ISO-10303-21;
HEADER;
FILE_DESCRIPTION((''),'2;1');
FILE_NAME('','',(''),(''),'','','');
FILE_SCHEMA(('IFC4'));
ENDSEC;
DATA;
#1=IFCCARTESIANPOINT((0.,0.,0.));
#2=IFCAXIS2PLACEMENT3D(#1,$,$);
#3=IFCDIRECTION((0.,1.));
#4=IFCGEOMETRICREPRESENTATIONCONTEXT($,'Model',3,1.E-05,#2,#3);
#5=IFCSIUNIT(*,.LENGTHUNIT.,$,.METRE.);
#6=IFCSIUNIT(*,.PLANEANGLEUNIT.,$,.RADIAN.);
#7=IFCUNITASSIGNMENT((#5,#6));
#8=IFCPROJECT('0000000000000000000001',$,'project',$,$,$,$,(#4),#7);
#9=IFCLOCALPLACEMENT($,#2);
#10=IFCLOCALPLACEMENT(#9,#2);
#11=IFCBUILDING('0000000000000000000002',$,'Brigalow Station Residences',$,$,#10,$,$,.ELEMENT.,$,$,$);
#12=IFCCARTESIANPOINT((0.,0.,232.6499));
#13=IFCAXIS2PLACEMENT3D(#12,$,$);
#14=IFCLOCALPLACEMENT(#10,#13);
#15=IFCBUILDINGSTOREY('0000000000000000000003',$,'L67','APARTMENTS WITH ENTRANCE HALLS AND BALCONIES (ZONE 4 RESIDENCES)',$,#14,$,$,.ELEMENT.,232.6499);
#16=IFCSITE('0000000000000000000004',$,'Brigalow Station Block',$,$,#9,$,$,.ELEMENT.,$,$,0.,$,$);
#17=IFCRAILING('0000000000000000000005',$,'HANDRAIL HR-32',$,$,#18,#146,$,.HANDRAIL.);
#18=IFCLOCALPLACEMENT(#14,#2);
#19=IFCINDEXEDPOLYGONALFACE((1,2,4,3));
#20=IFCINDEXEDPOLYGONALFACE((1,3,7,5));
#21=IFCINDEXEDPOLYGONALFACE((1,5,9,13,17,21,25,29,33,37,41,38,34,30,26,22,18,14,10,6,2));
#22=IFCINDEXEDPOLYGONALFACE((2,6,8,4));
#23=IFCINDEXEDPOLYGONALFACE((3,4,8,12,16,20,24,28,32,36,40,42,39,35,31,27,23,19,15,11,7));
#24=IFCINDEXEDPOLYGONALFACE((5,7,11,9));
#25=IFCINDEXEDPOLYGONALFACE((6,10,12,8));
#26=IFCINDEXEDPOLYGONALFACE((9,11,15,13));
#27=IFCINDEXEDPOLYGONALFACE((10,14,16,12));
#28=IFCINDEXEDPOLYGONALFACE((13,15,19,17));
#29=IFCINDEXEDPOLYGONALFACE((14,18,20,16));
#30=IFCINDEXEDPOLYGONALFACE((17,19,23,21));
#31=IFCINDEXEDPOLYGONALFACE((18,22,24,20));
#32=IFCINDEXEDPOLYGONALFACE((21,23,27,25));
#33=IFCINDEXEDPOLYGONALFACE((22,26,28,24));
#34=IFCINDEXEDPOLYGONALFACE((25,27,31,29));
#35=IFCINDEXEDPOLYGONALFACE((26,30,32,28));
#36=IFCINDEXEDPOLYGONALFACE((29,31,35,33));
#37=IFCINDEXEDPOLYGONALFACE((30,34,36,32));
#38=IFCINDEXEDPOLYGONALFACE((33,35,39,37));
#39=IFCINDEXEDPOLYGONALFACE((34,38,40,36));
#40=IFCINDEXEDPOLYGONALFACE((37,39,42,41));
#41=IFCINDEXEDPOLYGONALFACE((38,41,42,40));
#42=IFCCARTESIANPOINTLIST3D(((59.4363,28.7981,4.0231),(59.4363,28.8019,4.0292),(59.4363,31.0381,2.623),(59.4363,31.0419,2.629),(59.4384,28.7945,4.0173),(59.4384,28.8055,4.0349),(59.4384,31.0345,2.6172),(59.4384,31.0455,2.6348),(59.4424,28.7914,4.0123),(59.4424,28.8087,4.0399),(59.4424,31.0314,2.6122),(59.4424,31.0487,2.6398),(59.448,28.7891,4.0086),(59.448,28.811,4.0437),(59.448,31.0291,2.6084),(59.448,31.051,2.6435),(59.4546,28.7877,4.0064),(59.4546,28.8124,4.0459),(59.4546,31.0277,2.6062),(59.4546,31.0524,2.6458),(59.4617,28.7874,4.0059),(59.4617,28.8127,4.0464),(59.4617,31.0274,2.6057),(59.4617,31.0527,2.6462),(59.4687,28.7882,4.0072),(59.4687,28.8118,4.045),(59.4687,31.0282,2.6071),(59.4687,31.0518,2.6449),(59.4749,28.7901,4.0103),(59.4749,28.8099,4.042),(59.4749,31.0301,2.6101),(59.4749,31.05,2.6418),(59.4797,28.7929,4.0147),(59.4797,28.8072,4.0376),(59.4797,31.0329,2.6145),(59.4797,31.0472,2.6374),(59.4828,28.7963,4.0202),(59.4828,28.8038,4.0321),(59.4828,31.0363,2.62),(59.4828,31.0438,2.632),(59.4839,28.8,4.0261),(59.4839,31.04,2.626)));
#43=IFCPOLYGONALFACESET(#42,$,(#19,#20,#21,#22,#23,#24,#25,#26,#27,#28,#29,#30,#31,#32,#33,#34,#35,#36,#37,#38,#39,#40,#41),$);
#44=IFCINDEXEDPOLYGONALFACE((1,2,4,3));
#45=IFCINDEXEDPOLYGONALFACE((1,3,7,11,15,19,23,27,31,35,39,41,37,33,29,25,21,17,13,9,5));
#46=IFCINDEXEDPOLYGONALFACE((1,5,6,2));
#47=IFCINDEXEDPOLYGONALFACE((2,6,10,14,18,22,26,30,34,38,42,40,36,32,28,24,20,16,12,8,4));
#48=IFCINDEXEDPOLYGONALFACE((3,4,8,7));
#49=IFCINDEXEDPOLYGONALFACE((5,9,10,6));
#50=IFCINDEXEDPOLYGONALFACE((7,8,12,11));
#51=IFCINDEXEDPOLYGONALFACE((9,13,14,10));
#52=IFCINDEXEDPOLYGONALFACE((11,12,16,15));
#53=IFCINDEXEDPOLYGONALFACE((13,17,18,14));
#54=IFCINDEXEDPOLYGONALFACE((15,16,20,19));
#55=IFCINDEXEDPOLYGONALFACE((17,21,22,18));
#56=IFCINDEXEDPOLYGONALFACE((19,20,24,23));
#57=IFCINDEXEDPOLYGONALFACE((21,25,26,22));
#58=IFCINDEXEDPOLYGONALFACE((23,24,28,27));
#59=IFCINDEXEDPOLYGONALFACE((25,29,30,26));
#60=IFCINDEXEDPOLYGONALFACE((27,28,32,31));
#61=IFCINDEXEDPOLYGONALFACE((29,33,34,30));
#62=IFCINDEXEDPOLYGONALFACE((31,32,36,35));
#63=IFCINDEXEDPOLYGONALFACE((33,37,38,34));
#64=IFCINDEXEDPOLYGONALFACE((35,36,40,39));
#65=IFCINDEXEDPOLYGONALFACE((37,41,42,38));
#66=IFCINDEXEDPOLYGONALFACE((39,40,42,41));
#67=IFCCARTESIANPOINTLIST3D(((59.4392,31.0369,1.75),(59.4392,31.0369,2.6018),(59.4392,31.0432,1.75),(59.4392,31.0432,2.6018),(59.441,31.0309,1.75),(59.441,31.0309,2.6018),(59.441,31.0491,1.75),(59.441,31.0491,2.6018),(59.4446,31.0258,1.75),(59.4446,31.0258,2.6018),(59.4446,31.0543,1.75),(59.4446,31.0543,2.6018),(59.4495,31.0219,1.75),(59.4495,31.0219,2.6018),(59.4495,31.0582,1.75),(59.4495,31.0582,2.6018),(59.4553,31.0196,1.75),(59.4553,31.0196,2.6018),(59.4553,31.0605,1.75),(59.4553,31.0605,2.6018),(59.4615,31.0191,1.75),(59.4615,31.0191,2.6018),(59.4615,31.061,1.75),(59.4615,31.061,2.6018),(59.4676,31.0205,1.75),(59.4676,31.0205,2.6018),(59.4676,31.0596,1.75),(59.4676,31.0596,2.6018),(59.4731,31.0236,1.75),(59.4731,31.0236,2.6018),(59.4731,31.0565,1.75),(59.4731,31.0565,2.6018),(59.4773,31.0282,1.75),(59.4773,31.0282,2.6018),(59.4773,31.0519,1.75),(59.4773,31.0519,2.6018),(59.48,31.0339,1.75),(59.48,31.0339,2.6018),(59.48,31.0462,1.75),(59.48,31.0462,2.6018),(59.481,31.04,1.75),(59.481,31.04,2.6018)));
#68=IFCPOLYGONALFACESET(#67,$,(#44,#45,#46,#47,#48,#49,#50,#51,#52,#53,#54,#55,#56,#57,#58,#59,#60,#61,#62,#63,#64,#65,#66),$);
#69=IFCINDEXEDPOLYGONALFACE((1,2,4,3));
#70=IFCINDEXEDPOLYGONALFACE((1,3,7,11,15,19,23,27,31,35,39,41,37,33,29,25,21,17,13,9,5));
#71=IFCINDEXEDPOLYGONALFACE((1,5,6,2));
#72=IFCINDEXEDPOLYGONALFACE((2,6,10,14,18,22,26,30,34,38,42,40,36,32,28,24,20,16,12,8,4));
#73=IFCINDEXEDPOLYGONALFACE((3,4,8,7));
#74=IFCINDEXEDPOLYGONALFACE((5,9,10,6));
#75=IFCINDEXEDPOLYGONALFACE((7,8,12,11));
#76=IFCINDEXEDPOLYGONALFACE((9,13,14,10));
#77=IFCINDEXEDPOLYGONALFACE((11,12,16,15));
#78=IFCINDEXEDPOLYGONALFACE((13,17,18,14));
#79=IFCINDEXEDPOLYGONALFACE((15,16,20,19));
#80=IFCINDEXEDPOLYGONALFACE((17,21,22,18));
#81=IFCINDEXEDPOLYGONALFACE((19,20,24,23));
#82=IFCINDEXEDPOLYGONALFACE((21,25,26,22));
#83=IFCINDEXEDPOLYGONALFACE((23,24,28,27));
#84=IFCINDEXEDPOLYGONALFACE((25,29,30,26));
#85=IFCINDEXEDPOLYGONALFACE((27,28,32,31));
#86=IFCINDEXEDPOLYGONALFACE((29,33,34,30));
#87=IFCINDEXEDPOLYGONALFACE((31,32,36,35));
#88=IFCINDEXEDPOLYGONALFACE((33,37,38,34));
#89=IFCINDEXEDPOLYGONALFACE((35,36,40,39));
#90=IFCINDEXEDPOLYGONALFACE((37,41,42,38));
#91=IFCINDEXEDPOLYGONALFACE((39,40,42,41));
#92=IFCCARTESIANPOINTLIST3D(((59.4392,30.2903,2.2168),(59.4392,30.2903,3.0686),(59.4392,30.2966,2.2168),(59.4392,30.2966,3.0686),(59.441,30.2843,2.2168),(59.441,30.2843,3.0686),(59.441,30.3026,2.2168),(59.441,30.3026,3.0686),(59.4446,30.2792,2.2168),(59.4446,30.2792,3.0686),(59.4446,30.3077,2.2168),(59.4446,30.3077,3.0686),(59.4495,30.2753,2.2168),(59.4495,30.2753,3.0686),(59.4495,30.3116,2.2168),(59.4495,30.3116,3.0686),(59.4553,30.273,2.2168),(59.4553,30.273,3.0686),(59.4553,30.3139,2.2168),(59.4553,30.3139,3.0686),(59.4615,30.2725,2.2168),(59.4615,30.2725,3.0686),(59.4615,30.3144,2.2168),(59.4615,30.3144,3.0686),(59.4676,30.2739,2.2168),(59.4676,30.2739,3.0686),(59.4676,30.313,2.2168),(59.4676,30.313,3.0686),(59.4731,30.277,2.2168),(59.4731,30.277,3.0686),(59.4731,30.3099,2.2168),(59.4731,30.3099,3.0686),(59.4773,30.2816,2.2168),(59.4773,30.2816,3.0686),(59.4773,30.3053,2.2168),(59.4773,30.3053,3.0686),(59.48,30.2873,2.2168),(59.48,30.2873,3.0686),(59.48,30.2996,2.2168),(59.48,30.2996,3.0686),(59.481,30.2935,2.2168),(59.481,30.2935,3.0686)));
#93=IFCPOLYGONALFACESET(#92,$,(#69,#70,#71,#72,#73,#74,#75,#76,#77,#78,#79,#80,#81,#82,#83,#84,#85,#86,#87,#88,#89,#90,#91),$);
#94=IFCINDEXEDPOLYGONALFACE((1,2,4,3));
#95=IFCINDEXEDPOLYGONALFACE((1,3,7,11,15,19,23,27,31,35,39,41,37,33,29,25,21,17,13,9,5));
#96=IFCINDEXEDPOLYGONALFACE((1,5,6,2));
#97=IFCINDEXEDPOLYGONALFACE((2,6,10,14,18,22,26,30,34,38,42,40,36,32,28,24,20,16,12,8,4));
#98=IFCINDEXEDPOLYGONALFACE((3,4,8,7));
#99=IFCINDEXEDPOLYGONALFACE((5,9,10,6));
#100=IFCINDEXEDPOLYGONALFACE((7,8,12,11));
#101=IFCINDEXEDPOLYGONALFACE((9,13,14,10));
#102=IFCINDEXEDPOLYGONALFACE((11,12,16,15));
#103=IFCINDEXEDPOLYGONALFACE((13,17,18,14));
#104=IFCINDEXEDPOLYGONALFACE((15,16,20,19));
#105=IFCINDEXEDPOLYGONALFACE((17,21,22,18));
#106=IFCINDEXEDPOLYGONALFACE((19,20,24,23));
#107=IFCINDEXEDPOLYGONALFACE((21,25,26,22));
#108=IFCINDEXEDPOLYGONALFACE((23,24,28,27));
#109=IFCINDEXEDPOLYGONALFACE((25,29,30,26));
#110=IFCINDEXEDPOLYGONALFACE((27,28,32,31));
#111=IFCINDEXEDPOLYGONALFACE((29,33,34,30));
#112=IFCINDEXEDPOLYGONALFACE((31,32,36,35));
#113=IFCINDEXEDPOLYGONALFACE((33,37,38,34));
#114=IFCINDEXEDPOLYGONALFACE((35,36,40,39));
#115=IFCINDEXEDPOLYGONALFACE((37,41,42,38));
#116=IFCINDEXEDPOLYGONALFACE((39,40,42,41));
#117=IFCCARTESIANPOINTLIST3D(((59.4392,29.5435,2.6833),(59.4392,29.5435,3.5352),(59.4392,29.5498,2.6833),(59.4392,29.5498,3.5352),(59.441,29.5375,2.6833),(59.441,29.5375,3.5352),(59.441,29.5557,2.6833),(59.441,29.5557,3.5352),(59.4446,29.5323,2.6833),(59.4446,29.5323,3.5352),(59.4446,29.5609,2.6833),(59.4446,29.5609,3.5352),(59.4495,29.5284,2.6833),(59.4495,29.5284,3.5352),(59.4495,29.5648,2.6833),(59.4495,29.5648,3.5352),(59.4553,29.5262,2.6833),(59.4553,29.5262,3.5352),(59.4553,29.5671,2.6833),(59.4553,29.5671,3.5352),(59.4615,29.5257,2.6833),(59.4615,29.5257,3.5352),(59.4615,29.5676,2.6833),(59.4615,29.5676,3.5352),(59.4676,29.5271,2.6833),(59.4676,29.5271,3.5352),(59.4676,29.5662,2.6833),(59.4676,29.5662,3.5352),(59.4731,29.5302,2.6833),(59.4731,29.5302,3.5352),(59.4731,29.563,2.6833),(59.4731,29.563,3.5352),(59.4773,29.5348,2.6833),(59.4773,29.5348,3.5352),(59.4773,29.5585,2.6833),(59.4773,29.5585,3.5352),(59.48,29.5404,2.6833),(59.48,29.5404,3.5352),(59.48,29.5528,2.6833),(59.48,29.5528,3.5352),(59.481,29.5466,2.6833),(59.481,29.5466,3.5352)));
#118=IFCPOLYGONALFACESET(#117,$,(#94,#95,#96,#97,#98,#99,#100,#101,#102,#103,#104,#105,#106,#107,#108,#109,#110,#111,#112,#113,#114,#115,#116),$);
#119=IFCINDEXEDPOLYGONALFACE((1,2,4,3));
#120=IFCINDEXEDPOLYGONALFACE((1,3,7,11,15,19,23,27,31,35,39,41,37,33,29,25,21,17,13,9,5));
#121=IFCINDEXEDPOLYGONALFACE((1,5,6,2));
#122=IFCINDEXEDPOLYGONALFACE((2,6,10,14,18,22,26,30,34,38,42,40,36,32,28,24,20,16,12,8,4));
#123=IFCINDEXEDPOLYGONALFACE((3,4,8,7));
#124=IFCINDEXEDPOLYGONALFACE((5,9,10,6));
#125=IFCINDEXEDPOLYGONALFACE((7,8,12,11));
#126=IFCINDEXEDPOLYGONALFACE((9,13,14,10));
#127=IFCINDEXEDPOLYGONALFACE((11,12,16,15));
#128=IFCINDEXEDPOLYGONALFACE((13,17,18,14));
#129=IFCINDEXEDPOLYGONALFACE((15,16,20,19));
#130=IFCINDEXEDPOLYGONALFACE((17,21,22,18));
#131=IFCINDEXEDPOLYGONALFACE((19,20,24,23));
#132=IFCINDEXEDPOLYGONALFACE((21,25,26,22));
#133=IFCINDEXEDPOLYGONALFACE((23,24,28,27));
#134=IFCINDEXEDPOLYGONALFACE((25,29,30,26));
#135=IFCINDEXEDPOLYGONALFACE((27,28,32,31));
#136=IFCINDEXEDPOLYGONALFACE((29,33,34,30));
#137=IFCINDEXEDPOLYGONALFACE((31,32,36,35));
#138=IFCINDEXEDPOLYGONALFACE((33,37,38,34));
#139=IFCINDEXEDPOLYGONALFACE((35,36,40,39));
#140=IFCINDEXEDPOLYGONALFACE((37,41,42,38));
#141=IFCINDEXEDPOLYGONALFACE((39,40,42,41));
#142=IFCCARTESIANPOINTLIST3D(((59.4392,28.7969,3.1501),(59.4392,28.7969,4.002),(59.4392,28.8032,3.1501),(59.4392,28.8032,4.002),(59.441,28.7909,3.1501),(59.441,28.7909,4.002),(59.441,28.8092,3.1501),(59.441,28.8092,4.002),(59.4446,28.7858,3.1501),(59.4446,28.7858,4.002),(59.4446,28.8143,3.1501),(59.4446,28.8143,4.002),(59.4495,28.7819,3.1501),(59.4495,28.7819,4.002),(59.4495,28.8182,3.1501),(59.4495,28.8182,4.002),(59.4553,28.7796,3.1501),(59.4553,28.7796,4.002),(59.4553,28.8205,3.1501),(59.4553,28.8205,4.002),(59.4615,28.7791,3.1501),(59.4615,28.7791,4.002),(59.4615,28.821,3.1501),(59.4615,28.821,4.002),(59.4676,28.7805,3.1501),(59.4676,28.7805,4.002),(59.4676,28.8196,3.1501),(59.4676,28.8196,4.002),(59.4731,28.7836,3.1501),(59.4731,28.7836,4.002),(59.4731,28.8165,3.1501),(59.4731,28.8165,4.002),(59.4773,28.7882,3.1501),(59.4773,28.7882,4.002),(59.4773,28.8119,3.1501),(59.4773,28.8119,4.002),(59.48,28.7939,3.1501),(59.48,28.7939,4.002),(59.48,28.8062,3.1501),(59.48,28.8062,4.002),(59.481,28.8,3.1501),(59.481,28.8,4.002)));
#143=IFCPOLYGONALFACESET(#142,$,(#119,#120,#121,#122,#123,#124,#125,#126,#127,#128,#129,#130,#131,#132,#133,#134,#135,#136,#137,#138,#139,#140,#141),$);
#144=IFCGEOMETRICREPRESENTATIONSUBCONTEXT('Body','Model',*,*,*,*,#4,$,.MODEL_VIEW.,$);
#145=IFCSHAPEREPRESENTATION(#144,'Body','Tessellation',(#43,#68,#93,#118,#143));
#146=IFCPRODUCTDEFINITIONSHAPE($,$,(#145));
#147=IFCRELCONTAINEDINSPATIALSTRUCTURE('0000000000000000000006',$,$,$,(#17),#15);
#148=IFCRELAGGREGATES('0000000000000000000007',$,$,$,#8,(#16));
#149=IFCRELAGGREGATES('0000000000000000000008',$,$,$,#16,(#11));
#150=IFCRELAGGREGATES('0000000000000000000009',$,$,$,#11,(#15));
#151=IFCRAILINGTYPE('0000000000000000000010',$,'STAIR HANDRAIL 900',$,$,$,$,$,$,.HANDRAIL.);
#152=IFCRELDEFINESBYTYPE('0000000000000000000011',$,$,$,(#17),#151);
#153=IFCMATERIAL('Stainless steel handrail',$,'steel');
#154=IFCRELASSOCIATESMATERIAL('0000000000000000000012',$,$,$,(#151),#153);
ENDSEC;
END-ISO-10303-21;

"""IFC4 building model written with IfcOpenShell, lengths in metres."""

from ifc_helpers import new_model, si_unit, direction, frame, origin, origin_2d, place, context, subcontext, project, spatial, circle, extrude, material, type_object, element, save


model = new_model("IFC4")

# Units and contexts
model_context = context("Model", 3, precision=1e-05, world=origin(), true_north=direction((0.0, 1.0)))
body_context = subcontext(model_context, "Body", "Model", "MODEL_VIEW")
ifc_project = project(units=[si_unit("LENGTHUNIT", "METRE"), si_unit("PLANEANGLEUNIT", "RADIAN")], contexts=[model_context])

# Site, building, storey
site_placement = place(None, origin())
site = spatial("IfcSite", under=ifc_project, at=site_placement, Name="Brigalow Station Block", CompositionType="ELEMENT", RefElevation=0.0)
building_placement = place(site_placement, origin())
building = spatial("IfcBuilding", under=site, at=building_placement, Name="Brigalow Station Residences", CompositionType="ELEMENT")
storey_placement = place(building_placement, frame((0.0, 0.0, 232.6499)))
storey = spatial("IfcBuildingStorey", under=building, at=storey_placement, Name="L67", Description="APARTMENTS WITH ENTRANCE HALLS AND BALCONIES (ZONE 4 RESIDENCES)", CompositionType="ELEMENT", Elevation=232.6499)

# Railing
ifc_material_1 = material(Name="Stainless steel handrail", Category="steel")
railing_type_1 = type_object("IfcRailingType", Name="STAIR HANDRAIL 900", PredefinedType="HANDRAIL", material=ifc_material_1)
railing_1_placement = place(storey_placement, frame((59.46, 31.04, 1.75)))
element("IfcRailing", 1, at=railing_1_placement, inside=storey, type_object=railing_type_1, Name="HANDRAIL HR-32", PredefinedType="HANDRAIL", context=body_context, shape_type="SweptSolid", body=[
    extrude(circle(Radius=0.0239, at=origin_2d()), frame((0.0, 0.0, 0.876), z_axis=(0.0, -0.847972, 0.53004), x_axis=(1.0, 0.0, 0.0)), (0.0, 0.0, 1.0), 2.6416),
    extrude(circle(Radius=0.021, at=origin_2d()), origin(), (0.0, 0.0, 1.0), 0.8518),
    extrude(circle(Radius=0.021, at=origin_2d()), frame((0.0, -0.7466, 0.4668)), (0.0, 0.0, 1.0), 0.8518),
    extrude(circle(Radius=0.021, at=origin_2d()), frame((0.0, -1.4934, 0.9333)), (0.0, 0.0, 1.0), 0.8518),
    extrude(circle(Radius=0.021, at=origin_2d()), frame((0.0, -2.24, 1.4001)), (0.0, 0.0, 1.0), 0.8518),
])

save(model, "model.ifc")
